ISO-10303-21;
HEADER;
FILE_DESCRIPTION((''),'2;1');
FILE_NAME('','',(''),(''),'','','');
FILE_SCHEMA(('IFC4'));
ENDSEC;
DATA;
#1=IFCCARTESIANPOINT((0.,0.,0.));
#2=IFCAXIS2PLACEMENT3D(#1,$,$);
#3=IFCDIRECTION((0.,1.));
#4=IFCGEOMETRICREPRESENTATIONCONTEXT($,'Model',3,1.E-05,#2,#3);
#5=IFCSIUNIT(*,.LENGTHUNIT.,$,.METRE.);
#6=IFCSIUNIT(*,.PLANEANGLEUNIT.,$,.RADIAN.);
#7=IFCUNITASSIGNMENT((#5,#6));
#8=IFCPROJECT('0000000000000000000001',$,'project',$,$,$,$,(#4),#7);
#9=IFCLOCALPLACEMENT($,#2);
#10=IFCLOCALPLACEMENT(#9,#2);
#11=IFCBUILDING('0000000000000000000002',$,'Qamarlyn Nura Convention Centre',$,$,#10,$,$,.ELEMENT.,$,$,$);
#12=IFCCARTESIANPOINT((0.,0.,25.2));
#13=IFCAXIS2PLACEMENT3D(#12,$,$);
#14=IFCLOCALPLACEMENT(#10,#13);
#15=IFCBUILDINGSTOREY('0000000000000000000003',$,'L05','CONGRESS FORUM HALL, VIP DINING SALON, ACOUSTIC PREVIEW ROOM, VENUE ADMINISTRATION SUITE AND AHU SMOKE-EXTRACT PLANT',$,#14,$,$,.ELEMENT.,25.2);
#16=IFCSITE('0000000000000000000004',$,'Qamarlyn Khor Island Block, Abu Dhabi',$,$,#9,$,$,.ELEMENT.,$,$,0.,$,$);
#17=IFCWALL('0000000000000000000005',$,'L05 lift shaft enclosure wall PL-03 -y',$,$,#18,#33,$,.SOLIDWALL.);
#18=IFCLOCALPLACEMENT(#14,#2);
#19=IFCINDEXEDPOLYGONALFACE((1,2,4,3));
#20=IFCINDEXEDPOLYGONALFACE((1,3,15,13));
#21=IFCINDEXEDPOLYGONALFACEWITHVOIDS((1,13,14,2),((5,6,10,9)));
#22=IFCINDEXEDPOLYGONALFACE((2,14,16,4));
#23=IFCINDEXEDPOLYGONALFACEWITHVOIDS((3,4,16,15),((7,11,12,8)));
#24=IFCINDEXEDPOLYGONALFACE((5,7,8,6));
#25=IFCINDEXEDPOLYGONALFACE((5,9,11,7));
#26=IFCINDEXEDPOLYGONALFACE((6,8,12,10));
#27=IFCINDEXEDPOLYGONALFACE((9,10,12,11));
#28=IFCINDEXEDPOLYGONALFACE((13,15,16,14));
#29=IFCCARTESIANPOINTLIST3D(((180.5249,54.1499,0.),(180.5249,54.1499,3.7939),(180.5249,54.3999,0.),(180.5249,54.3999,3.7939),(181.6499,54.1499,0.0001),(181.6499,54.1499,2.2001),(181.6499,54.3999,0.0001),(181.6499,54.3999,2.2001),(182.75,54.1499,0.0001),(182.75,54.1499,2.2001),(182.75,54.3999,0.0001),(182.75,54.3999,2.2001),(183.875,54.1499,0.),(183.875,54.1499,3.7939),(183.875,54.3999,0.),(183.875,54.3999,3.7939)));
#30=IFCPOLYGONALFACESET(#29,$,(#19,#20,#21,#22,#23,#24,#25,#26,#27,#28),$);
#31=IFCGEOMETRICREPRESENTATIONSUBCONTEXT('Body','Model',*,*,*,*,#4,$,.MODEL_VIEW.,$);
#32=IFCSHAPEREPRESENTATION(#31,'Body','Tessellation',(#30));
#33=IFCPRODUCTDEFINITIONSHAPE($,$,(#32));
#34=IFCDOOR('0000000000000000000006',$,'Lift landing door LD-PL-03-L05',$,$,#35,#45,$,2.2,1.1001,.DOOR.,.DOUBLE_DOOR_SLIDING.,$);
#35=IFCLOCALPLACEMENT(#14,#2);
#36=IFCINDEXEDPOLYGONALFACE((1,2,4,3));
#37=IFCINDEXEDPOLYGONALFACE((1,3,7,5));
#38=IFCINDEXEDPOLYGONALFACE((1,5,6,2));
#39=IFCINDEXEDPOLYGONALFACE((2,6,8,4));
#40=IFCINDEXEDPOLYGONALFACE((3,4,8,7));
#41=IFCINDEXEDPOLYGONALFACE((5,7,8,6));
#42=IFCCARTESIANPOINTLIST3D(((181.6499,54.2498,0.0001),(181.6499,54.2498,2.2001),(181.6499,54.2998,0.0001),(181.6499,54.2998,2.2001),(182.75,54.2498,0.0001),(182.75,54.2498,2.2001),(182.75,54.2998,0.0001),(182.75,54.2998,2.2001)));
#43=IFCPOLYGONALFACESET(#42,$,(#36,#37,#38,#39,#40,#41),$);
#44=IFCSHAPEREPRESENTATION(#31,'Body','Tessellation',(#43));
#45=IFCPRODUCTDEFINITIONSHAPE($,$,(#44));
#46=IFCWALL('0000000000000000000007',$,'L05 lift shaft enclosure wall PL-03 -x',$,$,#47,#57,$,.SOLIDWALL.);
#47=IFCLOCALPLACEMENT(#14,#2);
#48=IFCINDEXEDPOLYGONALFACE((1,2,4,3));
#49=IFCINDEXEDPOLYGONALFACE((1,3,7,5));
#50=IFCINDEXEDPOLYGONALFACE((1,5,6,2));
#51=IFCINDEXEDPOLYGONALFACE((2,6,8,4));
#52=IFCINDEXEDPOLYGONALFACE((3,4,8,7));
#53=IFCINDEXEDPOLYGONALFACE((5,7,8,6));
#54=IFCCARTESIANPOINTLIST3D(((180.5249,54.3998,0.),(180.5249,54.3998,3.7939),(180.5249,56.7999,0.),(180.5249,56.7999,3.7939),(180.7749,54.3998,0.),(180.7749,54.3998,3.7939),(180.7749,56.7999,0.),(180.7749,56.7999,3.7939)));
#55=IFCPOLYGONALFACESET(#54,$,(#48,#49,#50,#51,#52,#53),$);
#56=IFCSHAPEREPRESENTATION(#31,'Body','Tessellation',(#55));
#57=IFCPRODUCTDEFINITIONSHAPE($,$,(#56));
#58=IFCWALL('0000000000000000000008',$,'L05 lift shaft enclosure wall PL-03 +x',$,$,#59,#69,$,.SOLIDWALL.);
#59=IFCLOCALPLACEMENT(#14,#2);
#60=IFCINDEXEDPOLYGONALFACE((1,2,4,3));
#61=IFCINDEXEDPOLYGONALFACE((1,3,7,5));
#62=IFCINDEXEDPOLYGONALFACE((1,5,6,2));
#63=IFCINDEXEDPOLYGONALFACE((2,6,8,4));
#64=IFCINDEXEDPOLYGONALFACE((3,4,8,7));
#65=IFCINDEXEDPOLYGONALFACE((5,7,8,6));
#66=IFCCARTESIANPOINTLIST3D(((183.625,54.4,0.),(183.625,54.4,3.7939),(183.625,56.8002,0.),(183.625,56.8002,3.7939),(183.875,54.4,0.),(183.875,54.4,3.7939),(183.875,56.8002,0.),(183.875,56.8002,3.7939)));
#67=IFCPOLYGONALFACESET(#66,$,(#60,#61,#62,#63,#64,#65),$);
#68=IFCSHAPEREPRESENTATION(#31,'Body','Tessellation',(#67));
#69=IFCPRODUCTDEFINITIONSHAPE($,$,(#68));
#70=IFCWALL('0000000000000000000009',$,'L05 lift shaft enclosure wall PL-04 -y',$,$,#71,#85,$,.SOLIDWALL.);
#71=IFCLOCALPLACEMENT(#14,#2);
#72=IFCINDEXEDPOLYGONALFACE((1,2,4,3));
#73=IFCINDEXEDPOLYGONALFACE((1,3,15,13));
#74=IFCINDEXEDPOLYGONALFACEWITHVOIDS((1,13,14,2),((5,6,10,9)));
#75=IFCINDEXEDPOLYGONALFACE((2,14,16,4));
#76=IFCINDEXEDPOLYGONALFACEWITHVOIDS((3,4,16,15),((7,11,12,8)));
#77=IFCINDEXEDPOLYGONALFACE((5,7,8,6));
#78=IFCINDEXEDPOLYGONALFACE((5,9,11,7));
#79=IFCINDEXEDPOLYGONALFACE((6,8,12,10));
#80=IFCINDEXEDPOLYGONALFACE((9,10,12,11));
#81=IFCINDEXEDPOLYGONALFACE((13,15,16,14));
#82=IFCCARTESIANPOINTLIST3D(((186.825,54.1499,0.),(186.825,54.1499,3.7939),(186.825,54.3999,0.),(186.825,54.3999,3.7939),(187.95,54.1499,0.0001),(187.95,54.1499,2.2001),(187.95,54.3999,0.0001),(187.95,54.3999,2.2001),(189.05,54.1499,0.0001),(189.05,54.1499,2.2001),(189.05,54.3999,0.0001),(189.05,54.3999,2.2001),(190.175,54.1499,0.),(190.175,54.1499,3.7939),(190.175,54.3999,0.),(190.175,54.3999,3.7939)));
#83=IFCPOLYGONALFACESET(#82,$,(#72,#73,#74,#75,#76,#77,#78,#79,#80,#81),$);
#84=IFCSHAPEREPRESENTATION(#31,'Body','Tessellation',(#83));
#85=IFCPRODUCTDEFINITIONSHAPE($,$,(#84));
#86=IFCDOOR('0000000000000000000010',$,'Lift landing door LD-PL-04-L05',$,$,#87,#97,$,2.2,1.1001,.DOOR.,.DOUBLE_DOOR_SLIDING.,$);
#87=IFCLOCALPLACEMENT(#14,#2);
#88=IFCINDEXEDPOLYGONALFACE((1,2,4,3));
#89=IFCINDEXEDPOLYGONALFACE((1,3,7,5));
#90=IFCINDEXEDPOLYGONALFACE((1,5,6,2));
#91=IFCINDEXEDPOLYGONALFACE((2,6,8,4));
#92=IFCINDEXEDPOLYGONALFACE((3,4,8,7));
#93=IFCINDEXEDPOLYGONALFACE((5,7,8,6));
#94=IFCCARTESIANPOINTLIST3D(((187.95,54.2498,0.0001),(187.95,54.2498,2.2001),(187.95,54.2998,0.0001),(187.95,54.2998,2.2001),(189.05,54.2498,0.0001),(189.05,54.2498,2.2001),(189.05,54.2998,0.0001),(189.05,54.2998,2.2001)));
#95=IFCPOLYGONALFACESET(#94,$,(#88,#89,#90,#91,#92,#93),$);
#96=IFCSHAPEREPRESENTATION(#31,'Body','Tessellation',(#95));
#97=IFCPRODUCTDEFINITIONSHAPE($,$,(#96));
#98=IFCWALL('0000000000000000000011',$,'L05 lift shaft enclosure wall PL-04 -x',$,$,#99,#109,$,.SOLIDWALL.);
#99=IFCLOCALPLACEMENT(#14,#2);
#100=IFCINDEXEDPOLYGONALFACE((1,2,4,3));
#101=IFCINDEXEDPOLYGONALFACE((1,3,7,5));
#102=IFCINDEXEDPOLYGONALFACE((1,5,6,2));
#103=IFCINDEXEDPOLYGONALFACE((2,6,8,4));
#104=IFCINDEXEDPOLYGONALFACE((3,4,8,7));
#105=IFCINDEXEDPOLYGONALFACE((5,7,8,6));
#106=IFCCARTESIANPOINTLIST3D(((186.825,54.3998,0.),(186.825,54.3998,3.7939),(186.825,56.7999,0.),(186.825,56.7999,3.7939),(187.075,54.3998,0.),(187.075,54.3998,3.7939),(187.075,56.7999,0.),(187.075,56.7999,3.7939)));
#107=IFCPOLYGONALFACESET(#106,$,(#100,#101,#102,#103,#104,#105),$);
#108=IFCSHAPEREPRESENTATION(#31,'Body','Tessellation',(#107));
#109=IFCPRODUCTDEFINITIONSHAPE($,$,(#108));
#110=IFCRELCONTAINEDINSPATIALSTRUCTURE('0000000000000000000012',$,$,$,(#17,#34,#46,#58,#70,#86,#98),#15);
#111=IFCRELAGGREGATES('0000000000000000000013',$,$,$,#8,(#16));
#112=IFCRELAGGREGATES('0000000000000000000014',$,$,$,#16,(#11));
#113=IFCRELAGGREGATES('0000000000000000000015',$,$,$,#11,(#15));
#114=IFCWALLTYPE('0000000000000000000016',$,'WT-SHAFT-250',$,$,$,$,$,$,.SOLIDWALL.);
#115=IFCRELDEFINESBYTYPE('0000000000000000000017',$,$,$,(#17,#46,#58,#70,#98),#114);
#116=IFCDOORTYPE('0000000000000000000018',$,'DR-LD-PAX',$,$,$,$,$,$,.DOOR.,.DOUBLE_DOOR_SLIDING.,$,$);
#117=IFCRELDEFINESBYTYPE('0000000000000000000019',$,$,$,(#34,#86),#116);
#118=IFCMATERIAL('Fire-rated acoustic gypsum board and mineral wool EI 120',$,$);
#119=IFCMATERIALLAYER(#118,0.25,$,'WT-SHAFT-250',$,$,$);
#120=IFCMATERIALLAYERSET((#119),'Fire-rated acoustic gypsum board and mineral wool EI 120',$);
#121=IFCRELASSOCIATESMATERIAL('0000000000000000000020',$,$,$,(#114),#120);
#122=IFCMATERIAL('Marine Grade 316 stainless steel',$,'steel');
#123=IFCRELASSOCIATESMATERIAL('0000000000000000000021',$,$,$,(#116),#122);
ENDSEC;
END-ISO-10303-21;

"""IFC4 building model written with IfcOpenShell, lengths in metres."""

from ifc_helpers import new_model, si_unit, direction, frame, frame_2d, origin, place, context, subcontext, project, spatial, rectangle, extrude, material, layer, layer_set, type_object, element, fill, save


model = new_model("IFC4")

# Units and contexts
model_context = context("Model", 3, precision=1e-05, world=origin(), true_north=direction((0.0, 1.0)))
body_context = subcontext(model_context, "Body", "Model", "MODEL_VIEW")
ifc_project = project(units=[si_unit("LENGTHUNIT", "METRE"), si_unit("PLANEANGLEUNIT", "RADIAN")], contexts=[model_context])

# Site, building, storey
site_placement = place(None, origin())
site = spatial("IfcSite", under=ifc_project, at=site_placement, Name="Qamarlyn Khor Island Block, Abu Dhabi", CompositionType="ELEMENT", RefElevation=0.0)
building_placement = place(site_placement, origin())
building = spatial("IfcBuilding", under=site, at=building_placement, Name="Qamarlyn Nura Convention Centre", CompositionType="ELEMENT")
storey_placement = place(building_placement, frame((0.0, 0.0, 25.2)))
storey = spatial("IfcBuildingStorey", under=building, at=storey_placement, Name="L05", Description="CONGRESS FORUM HALL, VIP DINING SALON, ACOUSTIC PREVIEW ROOM, VENUE ADMINISTRATION SUITE AND AHU SMOKE-EXTRACT PLANT", CompositionType="ELEMENT", Elevation=25.2)

# Wall, opening, door
ifc_material_1 = material(Name="Fire-rated acoustic gypsum board and mineral wool EI 120")
ifc_layer_1 = layer(ifc_material_1, 0.25, Name="WT-SHAFT-250")
ifc_layer_set_1 = layer_set([ifc_layer_1], Name="Fire-rated acoustic gypsum board and mineral wool EI 120")
wall_type_1 = type_object("IfcWallType", Name="WT-SHAFT-250", PredefinedType="SOLIDWALL", material=ifc_layer_set_1)
wall_1_placement = place(storey_placement, frame((180.5249, 54.2749, 0.0), z_axis=(0.0, 0.0, 1.0), x_axis=(1.0, 0.0, 0.0)))
wall_1 = element("IfcWall", 1, at=wall_1_placement, inside=storey, type_object=wall_type_1, Name="L05 lift shaft enclosure wall PL-03 -y", PredefinedType="SOLIDWALL", context=body_context, shape_type="SweptSolid", body=[
    extrude(rectangle(XDim=3.3501, YDim=0.25, at=frame_2d((1.675, 0.0))), origin(), (0.0, 0.0, 1.0), 3.7939),
])
opening_1_placement = place(wall_1_placement, frame((1.125, 0.0, 0.0)))
opening_1 = element("IfcOpeningElement", 2, at=opening_1_placement, cuts=wall_1, PredefinedType="OPENING", context=body_context, shape_type="SweptSolid", body=[
    extrude(rectangle(XDim=1.1001, YDim=2.2, at=frame_2d((0.55, 1.1001))), frame((0.0, 0.135, 0.0), z_axis=(0.0, -1.0, 0.0), x_axis=(1.0, 0.0, 0.0)), (0.0, 0.0, 1.0), 0.27),
])
ifc_material_2 = material(Name="Marine Grade 316 stainless steel", Category="steel")
door_type_1 = type_object("IfcDoorType", Name="DR-LD-PAX", OperationType="DOUBLE_DOOR_SLIDING", PredefinedType="DOOR", material=ifc_material_2)
door_1_placement = place(opening_1_placement, origin())
door_1 = element("IfcDoor", 3, at=door_1_placement, inside=storey, type_object=door_type_1, Name="Lift landing door LD-PL-03-L05", OperationType="DOUBLE_DOOR_SLIDING", OverallHeight=2.2, OverallWidth=1.1001, PredefinedType="DOOR", context=body_context, shape_type="SweptSolid", body=[
    extrude(rectangle(XDim=1.1001, YDim=2.2, at=frame_2d((0.55, 1.1001))), frame((0.0, 0.0249, 0.0), z_axis=(0.0, -1.0, 0.0), x_axis=(1.0, 0.0, 0.0)), (0.0, 0.0, 1.0), 0.05),
])
fill(opening_1, door_1)

# Walls
for number, where, z_axis, x_axis, name in (
    (4, (180.6499, 56.8, 0.0), (0.0, 0.0, 1.0), (0.0, -1.0, 0.0), "L05 lift shaft enclosure wall PL-03 -x"),
    (5, (183.75, 54.3999, 0.0), (0.0, 0.0, 1.0), (0.0, 1.0, 0.0), "L05 lift shaft enclosure wall PL-03 +x"),
):
    element("IfcWall", number, at=place(storey_placement, frame(where, z_axis=z_axis, x_axis=x_axis)), inside=storey, type_object=wall_type_1, Name=name, PredefinedType="SOLIDWALL", context=body_context, shape_type="SweptSolid", body=[
        extrude(rectangle(XDim=2.4001, YDim=0.25, at=frame_2d((1.2002, 0.0))), origin(), (0.0, 0.0, 1.0), 3.7939),
    ])

# Wall, opening, door
wall_2_placement = place(storey_placement, frame((186.825, 54.2749, 0.0), z_axis=(0.0, 0.0, 1.0), x_axis=(1.0, 0.0, 0.0)))
wall_2 = element("IfcWall", 6, at=wall_2_placement, inside=storey, type_object=wall_type_1, Name="L05 lift shaft enclosure wall PL-04 -y", PredefinedType="SOLIDWALL", context=body_context, shape_type="SweptSolid", body=[
    extrude(rectangle(XDim=3.3501, YDim=0.25, at=frame_2d((1.675, 0.0))), origin(), (0.0, 0.0, 1.0), 3.7939),
])
opening_2_placement = place(wall_2_placement, frame((1.125, 0.0, 0.0)))
opening_2 = element("IfcOpeningElement", 7, at=opening_2_placement, cuts=wall_2, PredefinedType="OPENING", context=body_context, shape_type="SweptSolid", body=[
    extrude(rectangle(XDim=1.1001, YDim=2.2, at=frame_2d((0.55, 1.1001))), frame((0.0, 0.135, 0.0), z_axis=(0.0, -1.0, 0.0), x_axis=(1.0, 0.0, 0.0)), (0.0, 0.0, 1.0), 0.27),
])
door_2_placement = place(opening_2_placement, origin())
door_2 = element("IfcDoor", 8, at=door_2_placement, inside=storey, type_object=door_type_1, Name="Lift landing door LD-PL-04-L05", OperationType="DOUBLE_DOOR_SLIDING", OverallHeight=2.2, OverallWidth=1.1001, PredefinedType="DOOR", context=body_context, shape_type="SweptSolid", body=[
    extrude(rectangle(XDim=1.1001, YDim=2.2, at=frame_2d((0.55, 1.1001))), frame((0.0, 0.0249, 0.0), z_axis=(0.0, -1.0, 0.0), x_axis=(1.0, 0.0, 0.0)), (0.0, 0.0, 1.0), 0.05),
])
fill(opening_2, door_2)

# Wall
wall_3_placement = place(storey_placement, frame((186.95, 56.8, 0.0), z_axis=(0.0, 0.0, 1.0), x_axis=(0.0, -1.0, 0.0)))
element("IfcWall", 9, at=wall_3_placement, inside=storey, type_object=wall_type_1, Name="L05 lift shaft enclosure wall PL-04 -x", PredefinedType="SOLIDWALL", context=body_context, shape_type="SweptSolid", body=[
    extrude(rectangle(XDim=2.4001, YDim=0.25, at=frame_2d((1.2002, 0.0))), origin(), (0.0, 0.0, 1.0), 3.7939),
])

save(model, "model.ifc")
